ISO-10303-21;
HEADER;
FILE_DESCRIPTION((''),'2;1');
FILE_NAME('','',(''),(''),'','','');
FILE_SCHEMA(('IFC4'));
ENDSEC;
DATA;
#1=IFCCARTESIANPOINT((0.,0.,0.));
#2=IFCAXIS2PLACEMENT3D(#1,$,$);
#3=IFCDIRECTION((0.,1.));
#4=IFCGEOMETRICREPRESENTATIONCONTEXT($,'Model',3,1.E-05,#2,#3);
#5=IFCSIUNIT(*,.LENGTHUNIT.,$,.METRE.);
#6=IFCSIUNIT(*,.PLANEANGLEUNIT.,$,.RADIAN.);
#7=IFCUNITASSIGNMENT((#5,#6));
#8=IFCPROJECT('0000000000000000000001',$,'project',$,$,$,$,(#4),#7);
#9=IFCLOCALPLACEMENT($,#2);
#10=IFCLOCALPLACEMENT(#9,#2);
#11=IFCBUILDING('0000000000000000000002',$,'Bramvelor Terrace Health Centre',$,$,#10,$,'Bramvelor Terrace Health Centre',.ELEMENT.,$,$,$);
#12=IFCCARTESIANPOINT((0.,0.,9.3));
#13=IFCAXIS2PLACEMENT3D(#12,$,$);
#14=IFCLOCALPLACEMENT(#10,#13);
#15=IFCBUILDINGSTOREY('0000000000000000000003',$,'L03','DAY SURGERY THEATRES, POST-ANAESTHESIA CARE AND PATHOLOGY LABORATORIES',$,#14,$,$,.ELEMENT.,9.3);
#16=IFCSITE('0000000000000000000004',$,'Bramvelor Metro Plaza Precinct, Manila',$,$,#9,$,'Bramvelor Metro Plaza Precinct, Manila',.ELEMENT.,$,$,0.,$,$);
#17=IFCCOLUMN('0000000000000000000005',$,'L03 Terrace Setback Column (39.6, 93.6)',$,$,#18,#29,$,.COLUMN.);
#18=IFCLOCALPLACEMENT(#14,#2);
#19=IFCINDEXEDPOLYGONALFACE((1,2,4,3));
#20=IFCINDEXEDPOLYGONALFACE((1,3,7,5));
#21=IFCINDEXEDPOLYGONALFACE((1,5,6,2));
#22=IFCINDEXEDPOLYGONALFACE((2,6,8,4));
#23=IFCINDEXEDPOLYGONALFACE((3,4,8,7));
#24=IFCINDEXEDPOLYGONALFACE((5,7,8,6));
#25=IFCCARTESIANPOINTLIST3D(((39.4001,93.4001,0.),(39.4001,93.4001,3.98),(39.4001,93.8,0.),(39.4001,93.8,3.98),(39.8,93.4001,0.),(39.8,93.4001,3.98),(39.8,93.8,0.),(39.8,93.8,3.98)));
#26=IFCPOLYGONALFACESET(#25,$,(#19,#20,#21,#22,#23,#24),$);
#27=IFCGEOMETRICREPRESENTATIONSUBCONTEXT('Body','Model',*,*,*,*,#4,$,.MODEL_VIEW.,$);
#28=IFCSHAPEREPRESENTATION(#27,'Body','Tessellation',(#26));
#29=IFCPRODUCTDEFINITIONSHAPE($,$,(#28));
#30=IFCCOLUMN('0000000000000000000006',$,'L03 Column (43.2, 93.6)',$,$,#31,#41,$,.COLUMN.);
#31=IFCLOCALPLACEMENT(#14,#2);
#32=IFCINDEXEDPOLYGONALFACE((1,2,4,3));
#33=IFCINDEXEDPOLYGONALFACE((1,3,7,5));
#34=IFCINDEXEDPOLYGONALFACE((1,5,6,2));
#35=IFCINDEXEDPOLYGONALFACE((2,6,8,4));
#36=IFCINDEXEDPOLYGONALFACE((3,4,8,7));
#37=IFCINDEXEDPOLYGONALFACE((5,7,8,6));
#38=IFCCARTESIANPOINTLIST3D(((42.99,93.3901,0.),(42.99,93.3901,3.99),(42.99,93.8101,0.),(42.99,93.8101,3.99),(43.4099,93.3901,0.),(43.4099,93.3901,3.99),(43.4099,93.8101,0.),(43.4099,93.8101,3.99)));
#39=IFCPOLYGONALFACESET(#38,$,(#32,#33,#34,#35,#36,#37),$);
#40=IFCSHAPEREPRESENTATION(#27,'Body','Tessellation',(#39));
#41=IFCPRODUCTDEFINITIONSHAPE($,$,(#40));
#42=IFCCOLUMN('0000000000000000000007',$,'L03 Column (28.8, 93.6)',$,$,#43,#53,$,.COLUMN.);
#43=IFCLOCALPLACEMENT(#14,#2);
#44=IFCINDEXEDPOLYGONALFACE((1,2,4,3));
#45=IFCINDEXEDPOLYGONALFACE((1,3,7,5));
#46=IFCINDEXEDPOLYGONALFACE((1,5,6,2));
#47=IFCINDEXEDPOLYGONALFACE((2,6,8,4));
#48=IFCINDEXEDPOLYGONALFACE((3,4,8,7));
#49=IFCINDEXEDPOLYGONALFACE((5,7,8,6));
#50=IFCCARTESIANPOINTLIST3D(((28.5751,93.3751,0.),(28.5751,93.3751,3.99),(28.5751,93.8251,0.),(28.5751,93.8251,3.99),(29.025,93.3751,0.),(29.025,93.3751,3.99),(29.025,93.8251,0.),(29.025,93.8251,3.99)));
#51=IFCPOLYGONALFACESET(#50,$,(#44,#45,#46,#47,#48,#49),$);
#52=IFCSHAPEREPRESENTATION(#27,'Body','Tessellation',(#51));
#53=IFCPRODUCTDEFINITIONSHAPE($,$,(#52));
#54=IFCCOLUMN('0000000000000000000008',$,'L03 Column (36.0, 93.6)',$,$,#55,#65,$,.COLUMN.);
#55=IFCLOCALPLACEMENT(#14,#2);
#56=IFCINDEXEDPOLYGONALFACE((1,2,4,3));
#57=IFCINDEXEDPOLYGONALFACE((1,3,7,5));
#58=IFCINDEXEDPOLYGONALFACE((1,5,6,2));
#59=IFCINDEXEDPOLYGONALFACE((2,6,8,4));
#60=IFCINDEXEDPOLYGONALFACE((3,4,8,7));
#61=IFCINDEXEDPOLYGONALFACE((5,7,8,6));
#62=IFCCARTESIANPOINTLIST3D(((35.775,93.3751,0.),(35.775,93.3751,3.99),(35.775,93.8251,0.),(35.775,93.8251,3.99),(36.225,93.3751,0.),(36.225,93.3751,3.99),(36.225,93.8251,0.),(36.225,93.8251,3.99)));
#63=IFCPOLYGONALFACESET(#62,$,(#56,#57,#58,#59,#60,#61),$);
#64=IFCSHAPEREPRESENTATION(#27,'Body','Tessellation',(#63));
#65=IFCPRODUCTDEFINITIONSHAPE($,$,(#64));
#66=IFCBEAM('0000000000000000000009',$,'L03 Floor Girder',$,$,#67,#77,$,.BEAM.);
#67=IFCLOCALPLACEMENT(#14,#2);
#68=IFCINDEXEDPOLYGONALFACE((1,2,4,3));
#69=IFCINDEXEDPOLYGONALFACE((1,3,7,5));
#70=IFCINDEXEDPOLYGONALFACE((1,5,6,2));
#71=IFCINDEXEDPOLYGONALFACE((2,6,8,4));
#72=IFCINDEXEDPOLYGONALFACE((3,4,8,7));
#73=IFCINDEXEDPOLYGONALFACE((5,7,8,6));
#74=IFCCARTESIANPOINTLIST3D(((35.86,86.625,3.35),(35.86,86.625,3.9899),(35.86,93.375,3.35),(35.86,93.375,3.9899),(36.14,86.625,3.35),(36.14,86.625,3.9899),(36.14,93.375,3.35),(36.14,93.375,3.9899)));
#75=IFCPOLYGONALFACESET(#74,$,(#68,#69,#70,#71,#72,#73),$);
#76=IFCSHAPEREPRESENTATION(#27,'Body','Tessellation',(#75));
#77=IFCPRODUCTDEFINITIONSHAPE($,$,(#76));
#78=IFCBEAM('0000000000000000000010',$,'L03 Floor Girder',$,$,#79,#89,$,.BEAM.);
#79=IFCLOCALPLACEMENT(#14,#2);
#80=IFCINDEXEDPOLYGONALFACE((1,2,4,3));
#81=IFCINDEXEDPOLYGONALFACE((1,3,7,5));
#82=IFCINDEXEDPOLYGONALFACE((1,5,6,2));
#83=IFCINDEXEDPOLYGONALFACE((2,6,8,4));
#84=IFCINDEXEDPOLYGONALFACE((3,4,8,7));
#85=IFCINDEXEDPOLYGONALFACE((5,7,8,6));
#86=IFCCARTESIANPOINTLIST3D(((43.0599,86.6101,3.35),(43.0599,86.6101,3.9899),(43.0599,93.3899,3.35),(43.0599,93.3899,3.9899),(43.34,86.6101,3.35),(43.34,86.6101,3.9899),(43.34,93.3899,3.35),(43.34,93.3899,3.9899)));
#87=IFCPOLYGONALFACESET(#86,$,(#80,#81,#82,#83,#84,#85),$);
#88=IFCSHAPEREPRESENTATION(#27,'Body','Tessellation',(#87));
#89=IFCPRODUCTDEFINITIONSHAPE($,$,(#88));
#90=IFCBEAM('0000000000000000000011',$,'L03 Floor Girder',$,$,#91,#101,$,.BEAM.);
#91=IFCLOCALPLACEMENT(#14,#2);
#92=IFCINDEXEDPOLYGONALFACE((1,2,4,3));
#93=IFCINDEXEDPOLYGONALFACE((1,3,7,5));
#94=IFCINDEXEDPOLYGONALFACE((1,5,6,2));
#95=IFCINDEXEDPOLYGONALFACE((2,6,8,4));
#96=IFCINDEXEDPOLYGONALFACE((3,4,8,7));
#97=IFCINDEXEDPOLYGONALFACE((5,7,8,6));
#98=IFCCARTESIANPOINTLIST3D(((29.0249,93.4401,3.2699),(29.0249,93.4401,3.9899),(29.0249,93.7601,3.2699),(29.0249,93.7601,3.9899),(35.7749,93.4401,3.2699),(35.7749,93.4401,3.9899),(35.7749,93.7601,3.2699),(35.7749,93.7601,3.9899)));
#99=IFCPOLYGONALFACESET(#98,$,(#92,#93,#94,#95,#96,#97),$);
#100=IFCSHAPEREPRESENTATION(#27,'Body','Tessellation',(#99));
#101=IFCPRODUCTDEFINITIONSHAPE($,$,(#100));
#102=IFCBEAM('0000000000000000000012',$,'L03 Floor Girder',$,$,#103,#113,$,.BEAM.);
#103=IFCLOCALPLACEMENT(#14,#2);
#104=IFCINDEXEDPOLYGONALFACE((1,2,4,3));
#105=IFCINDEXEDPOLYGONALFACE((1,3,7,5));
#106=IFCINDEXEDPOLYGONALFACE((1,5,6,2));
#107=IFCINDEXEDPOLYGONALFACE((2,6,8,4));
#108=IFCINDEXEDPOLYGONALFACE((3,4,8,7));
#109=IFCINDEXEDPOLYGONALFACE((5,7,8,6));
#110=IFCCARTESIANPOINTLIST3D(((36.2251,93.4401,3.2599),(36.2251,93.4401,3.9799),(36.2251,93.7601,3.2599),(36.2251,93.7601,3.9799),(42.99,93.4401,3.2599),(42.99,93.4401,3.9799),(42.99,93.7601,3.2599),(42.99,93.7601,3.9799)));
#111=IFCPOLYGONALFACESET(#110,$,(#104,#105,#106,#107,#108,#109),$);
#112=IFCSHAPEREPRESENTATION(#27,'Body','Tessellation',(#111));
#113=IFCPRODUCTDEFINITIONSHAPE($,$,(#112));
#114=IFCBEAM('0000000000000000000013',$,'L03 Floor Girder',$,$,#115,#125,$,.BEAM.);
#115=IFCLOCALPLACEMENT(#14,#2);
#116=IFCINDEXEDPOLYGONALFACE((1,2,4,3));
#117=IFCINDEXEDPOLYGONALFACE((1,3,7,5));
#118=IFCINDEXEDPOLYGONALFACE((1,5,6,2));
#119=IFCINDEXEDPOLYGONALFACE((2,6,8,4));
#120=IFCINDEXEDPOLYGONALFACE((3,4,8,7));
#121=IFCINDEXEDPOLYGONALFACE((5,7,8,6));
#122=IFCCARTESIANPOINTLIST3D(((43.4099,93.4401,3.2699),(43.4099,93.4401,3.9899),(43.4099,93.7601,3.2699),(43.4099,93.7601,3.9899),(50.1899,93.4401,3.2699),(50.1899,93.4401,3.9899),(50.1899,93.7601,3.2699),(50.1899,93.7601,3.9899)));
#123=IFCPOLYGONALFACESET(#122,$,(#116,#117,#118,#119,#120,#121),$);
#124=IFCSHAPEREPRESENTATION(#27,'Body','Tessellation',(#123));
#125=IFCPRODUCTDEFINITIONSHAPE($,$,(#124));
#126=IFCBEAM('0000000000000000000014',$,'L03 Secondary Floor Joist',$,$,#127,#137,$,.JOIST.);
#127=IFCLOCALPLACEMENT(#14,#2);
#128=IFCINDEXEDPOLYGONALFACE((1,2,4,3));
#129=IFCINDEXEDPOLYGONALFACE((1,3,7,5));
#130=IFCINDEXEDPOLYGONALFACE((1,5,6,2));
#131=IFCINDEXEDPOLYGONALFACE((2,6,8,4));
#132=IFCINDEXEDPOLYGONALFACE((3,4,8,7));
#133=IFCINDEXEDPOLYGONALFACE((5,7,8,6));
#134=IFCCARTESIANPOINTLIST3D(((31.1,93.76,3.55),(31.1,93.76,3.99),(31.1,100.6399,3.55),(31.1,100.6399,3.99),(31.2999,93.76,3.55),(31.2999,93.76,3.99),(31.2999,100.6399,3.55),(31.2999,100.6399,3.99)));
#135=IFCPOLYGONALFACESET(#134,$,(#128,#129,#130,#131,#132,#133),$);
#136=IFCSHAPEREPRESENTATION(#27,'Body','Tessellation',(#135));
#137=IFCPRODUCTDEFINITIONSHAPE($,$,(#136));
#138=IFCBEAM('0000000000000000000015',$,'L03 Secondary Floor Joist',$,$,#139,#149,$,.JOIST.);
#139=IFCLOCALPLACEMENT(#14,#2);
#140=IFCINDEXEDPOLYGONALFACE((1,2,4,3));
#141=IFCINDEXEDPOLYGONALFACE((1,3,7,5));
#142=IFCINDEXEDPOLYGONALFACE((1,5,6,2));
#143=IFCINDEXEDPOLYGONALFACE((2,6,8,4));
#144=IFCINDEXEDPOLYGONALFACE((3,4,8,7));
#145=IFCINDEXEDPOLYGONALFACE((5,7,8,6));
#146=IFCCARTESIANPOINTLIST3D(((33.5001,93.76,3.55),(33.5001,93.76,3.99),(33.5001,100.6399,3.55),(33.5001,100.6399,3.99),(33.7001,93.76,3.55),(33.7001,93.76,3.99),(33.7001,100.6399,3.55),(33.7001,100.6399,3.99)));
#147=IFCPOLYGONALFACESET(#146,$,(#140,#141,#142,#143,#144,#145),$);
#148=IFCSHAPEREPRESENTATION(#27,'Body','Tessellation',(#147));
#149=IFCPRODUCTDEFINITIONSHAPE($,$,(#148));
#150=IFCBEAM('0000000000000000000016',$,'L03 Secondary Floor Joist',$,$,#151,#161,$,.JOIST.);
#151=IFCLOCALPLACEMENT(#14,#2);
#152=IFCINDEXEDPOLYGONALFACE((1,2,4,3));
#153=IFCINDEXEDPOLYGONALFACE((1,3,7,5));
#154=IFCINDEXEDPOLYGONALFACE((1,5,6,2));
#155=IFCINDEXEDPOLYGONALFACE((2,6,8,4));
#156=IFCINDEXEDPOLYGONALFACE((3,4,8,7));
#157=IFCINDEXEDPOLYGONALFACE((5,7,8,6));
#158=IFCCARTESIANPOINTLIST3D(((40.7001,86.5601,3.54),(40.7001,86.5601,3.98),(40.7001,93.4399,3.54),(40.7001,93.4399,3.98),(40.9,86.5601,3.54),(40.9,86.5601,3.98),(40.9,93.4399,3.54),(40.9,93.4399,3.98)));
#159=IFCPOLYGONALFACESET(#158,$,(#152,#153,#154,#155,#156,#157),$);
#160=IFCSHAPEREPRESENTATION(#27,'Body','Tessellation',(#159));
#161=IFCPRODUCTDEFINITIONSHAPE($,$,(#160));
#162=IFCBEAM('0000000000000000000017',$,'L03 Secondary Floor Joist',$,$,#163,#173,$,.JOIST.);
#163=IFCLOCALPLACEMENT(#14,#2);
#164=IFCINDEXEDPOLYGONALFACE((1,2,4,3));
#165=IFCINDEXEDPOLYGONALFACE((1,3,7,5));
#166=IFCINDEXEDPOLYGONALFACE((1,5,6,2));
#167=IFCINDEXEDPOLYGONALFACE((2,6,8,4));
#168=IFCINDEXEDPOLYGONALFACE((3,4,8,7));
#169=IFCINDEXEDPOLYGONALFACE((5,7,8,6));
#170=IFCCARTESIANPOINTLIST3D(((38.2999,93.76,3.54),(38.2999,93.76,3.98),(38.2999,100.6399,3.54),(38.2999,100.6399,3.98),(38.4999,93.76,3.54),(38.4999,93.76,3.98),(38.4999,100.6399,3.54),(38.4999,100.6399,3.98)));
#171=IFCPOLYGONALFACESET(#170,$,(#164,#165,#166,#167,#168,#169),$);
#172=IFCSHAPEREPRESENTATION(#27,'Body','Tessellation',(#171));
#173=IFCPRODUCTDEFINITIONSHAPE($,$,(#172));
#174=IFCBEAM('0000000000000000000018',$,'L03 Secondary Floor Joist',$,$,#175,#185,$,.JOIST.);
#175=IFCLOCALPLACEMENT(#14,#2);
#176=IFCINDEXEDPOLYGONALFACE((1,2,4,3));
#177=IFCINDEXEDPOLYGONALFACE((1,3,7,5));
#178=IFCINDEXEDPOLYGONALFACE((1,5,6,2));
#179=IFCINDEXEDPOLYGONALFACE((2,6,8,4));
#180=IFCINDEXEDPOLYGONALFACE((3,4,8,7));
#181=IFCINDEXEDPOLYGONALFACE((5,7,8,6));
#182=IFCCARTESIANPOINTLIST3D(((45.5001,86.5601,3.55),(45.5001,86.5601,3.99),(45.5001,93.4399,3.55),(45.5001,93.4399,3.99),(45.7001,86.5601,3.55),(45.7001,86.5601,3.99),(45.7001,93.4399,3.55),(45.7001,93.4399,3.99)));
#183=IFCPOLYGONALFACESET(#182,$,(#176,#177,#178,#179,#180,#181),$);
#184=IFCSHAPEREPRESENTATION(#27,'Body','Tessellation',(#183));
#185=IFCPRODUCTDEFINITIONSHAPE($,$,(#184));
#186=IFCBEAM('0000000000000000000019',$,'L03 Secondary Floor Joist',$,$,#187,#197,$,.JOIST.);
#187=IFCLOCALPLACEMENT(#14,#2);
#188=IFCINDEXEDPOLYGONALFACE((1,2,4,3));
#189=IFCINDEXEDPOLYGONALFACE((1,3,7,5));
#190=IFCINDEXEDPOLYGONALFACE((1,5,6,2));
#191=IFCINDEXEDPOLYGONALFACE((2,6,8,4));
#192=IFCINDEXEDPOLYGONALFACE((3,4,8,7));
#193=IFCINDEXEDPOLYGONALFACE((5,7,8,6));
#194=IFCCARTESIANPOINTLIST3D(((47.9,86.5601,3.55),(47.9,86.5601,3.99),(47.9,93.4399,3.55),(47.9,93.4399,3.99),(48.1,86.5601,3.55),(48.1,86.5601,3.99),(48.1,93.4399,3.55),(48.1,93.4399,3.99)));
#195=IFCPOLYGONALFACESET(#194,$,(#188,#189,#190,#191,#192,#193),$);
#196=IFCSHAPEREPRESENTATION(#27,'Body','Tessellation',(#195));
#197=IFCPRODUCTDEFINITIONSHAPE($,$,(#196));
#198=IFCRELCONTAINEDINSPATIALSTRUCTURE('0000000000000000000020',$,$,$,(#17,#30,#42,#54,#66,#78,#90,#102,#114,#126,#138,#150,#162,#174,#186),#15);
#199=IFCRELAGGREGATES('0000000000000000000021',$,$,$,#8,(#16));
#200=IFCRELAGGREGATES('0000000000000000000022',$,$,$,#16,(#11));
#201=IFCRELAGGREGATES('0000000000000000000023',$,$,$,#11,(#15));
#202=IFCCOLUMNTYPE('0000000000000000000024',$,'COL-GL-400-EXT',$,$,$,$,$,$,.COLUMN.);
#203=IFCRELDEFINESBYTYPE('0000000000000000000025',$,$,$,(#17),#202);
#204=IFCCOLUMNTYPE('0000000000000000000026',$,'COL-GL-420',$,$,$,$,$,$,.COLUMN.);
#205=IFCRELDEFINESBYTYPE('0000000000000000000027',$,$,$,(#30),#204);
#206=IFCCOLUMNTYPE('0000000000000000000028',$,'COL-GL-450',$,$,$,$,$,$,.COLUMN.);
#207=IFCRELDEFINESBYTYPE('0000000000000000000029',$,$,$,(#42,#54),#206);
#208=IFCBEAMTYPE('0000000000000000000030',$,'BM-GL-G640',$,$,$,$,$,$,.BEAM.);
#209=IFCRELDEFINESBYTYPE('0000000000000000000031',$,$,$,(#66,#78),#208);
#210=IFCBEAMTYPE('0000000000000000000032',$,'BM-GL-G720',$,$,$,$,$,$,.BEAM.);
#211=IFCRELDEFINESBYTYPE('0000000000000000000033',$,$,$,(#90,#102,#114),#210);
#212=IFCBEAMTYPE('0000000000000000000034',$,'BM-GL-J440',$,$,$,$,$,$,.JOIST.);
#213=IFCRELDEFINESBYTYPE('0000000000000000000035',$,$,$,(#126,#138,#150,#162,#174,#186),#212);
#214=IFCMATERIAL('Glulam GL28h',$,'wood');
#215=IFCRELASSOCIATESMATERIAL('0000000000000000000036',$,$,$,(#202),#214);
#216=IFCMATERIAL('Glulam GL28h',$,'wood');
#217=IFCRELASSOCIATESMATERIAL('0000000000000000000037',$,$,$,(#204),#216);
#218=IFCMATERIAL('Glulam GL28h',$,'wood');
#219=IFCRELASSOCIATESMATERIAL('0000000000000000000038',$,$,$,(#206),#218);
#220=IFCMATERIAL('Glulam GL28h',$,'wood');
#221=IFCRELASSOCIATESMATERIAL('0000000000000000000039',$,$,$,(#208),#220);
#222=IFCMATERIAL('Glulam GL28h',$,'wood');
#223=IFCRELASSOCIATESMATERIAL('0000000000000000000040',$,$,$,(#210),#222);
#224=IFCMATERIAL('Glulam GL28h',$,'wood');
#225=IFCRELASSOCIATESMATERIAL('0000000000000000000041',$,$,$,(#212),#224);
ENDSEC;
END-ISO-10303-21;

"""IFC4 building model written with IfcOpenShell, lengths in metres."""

from ifc_helpers import new_model, si_unit, direction, frame, origin, origin_2d, place, context, subcontext, project, spatial, rectangle, extrude, material, material_profile, profile_set, type_object, element, save


model = new_model("IFC4")

# Units and contexts
model_context = context("Model", 3, precision=1e-05, world=origin(), true_north=direction((0.0, 1.0)))
body_context = subcontext(model_context, "Body", "Model", "MODEL_VIEW")
ifc_project = project(units=[si_unit("LENGTHUNIT", "METRE"), si_unit("PLANEANGLEUNIT", "RADIAN")], contexts=[model_context])

# Site, building, storey
site_placement = place(None, origin())
site = spatial("IfcSite", under=ifc_project, at=site_placement, Name="Bramvelor Metro Plaza Precinct, Manila", LongName="Bramvelor Metro Plaza Precinct, Manila", CompositionType="ELEMENT", RefElevation=0.0)
building_placement = place(site_placement, origin())
building = spatial("IfcBuilding", under=site, at=building_placement, Name="Bramvelor Terrace Health Centre", LongName="Bramvelor Terrace Health Centre", CompositionType="ELEMENT")
storey_placement = place(building_placement, frame((0.0, 0.0, 9.3)))
storey = spatial("IfcBuildingStorey", under=building, at=storey_placement, Name="L03", Description="DAY SURGERY THEATRES, POST-ANAESTHESIA CARE AND PATHOLOGY LABORATORIES", CompositionType="ELEMENT", Elevation=9.3)

# Columns
ifc_material_1 = material(Name="Glulam GL28h", Category="wood")
ifc_material_profile_1 = material_profile(ifc_material_1, rectangle(XDim=0.3999, YDim=0.3999, at=origin_2d()), Name="GL 400x400")
ifc_profile_set_1 = profile_set([ifc_material_profile_1], Name="Glulam GL28h")
column_type_1 = type_object("IfcColumnType", Name="COL-GL-400-EXT", PredefinedType="COLUMN", material=ifc_profile_set_1)
column_1_placement = place(storey_placement, frame((39.6001, 93.6001, 0.0), z_axis=(0.0, 0.0, 1.0), x_axis=(1.0, 0.0, 0.0)))
element("IfcColumn", 1, at=column_1_placement, inside=storey, type_object=column_type_1, Name="L03 Terrace Setback Column (39.6, 93.6)", PredefinedType="COLUMN", context=body_context, shape_type="SweptSolid", body=[
    extrude(rectangle(XDim=0.3999, YDim=0.3999, at=origin_2d()), origin(), (0.0, 0.0, 1.0), 3.98),
])
ifc_material_2 = material(Name="Glulam GL28h", Category="wood")
ifc_material_profile_2 = material_profile(ifc_material_2, rectangle(XDim=0.4199, YDim=0.4199, at=origin_2d()), Name="GL 420x420")
ifc_profile_set_2 = profile_set([ifc_material_profile_2], Name="Glulam GL28h")
column_type_2 = type_object("IfcColumnType", Name="COL-GL-420", PredefinedType="COLUMN", material=ifc_profile_set_2)
column_2_placement = place(storey_placement, frame((43.2, 93.6001, 0.0), z_axis=(0.0, 0.0, 1.0), x_axis=(1.0, 0.0, 0.0)))
element("IfcColumn", 2, at=column_2_placement, inside=storey, type_object=column_type_2, Name="L03 Column (43.2, 93.6)", PredefinedType="COLUMN", context=body_context, shape_type="SweptSolid", body=[
    extrude(rectangle(XDim=0.4199, YDim=0.4199, at=origin_2d()), origin(), (0.0, 0.0, 1.0), 3.99),
])
ifc_material_3 = material(Name="Glulam GL28h", Category="wood")
ifc_material_profile_3 = material_profile(ifc_material_3, rectangle(XDim=0.45, YDim=0.45, at=origin_2d()), Name="GL 450x450")
ifc_profile_set_3 = profile_set([ifc_material_profile_3], Name="Glulam GL28h")
column_type_3 = type_object("IfcColumnType", Name="COL-GL-450", PredefinedType="COLUMN", material=ifc_profile_set_3)
for number, where, z_axis, x_axis, name in (
    (3, (28.8, 93.6001, 0.0), (0.0, 0.0, 1.0), (1.0, 0.0, 0.0), "L03 Column (28.8, 93.6)"),
    (4, (36.0, 93.6001, 0.0), (0.0, 0.0, 1.0), (1.0, 0.0, 0.0), "L03 Column (36.0, 93.6)"),
):
    element("IfcColumn", number, at=place(storey_placement, frame(where, z_axis=z_axis, x_axis=x_axis)), inside=storey, type_object=column_type_3, Name=name, PredefinedType="COLUMN", context=body_context, shape_type="SweptSolid", body=[
        extrude(rectangle(XDim=0.45, YDim=0.45, at=origin_2d()), origin(), (0.0, 0.0, 1.0), 3.99),
    ])

# Beams
ifc_material_4 = material(Name="Glulam GL28h", Category="wood")
ifc_material_profile_4 = material_profile(ifc_material_4, rectangle(XDim=0.28, YDim=0.6399, at=origin_2d()), Name="GL 280x640")
ifc_profile_set_4 = profile_set([ifc_material_profile_4], Name="Glulam GL28h")
beam_type_1 = type_object("IfcBeamType", Name="BM-GL-G640", PredefinedType="BEAM", material=ifc_profile_set_4)
beam_1_placement = place(storey_placement, frame((36.0, 86.625, 3.6699), z_axis=(0.0, 1.0, 0.0), x_axis=(-1.0, 0.0, 0.0)))
element("IfcBeam", 5, at=beam_1_placement, inside=storey, type_object=beam_type_1, Name="L03 Floor Girder", PredefinedType="BEAM", context=body_context, shape_type="SweptSolid", body=[
    extrude(rectangle(XDim=0.28, YDim=0.6399, at=origin_2d()), origin(), (0.0, 0.0, 1.0), 6.75),
])
beam_2_placement = place(storey_placement, frame((43.2, 86.6101, 3.6699), z_axis=(0.0, 1.0, 0.0), x_axis=(-1.0, 0.0, 0.0)))
element("IfcBeam", 6, at=beam_2_placement, inside=storey, type_object=beam_type_1, Name="L03 Floor Girder", PredefinedType="BEAM", context=body_context, shape_type="SweptSolid", body=[
    extrude(rectangle(XDim=0.28, YDim=0.6399, at=origin_2d()), origin(), (0.0, 0.0, 1.0), 6.7798),
])
ifc_material_5 = material(Name="Glulam GL28h", Category="wood")
ifc_material_profile_5 = material_profile(ifc_material_5, rectangle(XDim=0.3201, YDim=0.72, at=origin_2d()), Name="GL 320x720")
ifc_profile_set_5 = profile_set([ifc_material_profile_5], Name="Glulam GL28h")
beam_type_2 = type_object("IfcBeamType", Name="BM-GL-G720", PredefinedType="BEAM", material=ifc_profile_set_5)
beam_3_placement = place(storey_placement, frame((29.0249, 93.6001, 3.6299), z_axis=(1.0, 0.0, 0.0), x_axis=(0.0, 1.0, 0.0)))
element("IfcBeam", 7, at=beam_3_placement, inside=storey, type_object=beam_type_2, Name="L03 Floor Girder", PredefinedType="BEAM", context=body_context, shape_type="SweptSolid", body=[
    extrude(rectangle(XDim=0.3201, YDim=0.72, at=origin_2d()), origin(), (0.0, 0.0, 1.0), 6.75),
])
beam_4_placement = place(storey_placement, frame((36.2251, 93.6001, 3.6199), z_axis=(1.0, 0.0, 0.0), x_axis=(0.0, 1.0, 0.0)))
element("IfcBeam", 8, at=beam_4_placement, inside=storey, type_object=beam_type_2, Name="L03 Floor Girder", PredefinedType="BEAM", context=body_context, shape_type="SweptSolid", body=[
    extrude(rectangle(XDim=0.3201, YDim=0.72, at=origin_2d()), origin(), (0.0, 0.0, 1.0), 6.7649),
])
beam_5_placement = place(storey_placement, frame((43.4099, 93.6001, 3.6299), z_axis=(1.0, 0.0, 0.0), x_axis=(0.0, 1.0, 0.0)))
element("IfcBeam", 9, at=beam_5_placement, inside=storey, type_object=beam_type_2, Name="L03 Floor Girder", PredefinedType="BEAM", context=body_context, shape_type="SweptSolid", body=[
    extrude(rectangle(XDim=0.3201, YDim=0.72, at=origin_2d()), origin(), (0.0, 0.0, 1.0), 6.78),
])
ifc_material_6 = material(Name="Glulam GL28h", Category="wood")
ifc_material_profile_6 = material_profile(ifc_material_6, rectangle(XDim=0.2, YDim=0.4399, at=origin_2d()), Name="GL 200x440")
ifc_profile_set_6 = profile_set([ifc_material_profile_6], Name="Glulam GL28h")
beam_type_3 = type_object("IfcBeamType", Name="BM-GL-J440", PredefinedType="JOIST", material=ifc_profile_set_6)
for number, where, z_axis, x_axis, name in (
    (10, (31.2, 93.76, 3.77), (0.0, 1.0, 0.0), (-1.0, 0.0, 0.0), "L03 Secondary Floor Joist"),
    (11, (33.6001, 93.76, 3.77), (0.0, 1.0, 0.0), (-1.0, 0.0, 0.0), "L03 Secondary Floor Joist"),
    (12, (40.8, 86.5601, 3.76), (0.0, 1.0, 0.0), (-1.0, 0.0, 0.0), "L03 Secondary Floor Joist"),
    (13, (38.3999, 93.76, 3.76), (0.0, 1.0, 0.0), (-1.0, 0.0, 0.0), "L03 Secondary Floor Joist"),
    (14, (45.6001, 86.5601, 3.77), (0.0, 1.0, 0.0), (-1.0, 0.0, 0.0), "L03 Secondary Floor Joist"),
    (15, (48.0, 86.5601, 3.77), (0.0, 1.0, 0.0), (-1.0, 0.0, 0.0), "L03 Secondary Floor Joist"),
):
    element("IfcBeam", number, at=place(storey_placement, frame(where, z_axis=z_axis, x_axis=x_axis)), inside=storey, type_object=beam_type_3, Name=name, PredefinedType="JOIST", context=body_context, shape_type="SweptSolid", body=[
        extrude(rectangle(XDim=0.2, YDim=0.4399, at=origin_2d()), origin(), (0.0, 0.0, 1.0), 6.8799),
    ])

save(model, "model.ifc")
